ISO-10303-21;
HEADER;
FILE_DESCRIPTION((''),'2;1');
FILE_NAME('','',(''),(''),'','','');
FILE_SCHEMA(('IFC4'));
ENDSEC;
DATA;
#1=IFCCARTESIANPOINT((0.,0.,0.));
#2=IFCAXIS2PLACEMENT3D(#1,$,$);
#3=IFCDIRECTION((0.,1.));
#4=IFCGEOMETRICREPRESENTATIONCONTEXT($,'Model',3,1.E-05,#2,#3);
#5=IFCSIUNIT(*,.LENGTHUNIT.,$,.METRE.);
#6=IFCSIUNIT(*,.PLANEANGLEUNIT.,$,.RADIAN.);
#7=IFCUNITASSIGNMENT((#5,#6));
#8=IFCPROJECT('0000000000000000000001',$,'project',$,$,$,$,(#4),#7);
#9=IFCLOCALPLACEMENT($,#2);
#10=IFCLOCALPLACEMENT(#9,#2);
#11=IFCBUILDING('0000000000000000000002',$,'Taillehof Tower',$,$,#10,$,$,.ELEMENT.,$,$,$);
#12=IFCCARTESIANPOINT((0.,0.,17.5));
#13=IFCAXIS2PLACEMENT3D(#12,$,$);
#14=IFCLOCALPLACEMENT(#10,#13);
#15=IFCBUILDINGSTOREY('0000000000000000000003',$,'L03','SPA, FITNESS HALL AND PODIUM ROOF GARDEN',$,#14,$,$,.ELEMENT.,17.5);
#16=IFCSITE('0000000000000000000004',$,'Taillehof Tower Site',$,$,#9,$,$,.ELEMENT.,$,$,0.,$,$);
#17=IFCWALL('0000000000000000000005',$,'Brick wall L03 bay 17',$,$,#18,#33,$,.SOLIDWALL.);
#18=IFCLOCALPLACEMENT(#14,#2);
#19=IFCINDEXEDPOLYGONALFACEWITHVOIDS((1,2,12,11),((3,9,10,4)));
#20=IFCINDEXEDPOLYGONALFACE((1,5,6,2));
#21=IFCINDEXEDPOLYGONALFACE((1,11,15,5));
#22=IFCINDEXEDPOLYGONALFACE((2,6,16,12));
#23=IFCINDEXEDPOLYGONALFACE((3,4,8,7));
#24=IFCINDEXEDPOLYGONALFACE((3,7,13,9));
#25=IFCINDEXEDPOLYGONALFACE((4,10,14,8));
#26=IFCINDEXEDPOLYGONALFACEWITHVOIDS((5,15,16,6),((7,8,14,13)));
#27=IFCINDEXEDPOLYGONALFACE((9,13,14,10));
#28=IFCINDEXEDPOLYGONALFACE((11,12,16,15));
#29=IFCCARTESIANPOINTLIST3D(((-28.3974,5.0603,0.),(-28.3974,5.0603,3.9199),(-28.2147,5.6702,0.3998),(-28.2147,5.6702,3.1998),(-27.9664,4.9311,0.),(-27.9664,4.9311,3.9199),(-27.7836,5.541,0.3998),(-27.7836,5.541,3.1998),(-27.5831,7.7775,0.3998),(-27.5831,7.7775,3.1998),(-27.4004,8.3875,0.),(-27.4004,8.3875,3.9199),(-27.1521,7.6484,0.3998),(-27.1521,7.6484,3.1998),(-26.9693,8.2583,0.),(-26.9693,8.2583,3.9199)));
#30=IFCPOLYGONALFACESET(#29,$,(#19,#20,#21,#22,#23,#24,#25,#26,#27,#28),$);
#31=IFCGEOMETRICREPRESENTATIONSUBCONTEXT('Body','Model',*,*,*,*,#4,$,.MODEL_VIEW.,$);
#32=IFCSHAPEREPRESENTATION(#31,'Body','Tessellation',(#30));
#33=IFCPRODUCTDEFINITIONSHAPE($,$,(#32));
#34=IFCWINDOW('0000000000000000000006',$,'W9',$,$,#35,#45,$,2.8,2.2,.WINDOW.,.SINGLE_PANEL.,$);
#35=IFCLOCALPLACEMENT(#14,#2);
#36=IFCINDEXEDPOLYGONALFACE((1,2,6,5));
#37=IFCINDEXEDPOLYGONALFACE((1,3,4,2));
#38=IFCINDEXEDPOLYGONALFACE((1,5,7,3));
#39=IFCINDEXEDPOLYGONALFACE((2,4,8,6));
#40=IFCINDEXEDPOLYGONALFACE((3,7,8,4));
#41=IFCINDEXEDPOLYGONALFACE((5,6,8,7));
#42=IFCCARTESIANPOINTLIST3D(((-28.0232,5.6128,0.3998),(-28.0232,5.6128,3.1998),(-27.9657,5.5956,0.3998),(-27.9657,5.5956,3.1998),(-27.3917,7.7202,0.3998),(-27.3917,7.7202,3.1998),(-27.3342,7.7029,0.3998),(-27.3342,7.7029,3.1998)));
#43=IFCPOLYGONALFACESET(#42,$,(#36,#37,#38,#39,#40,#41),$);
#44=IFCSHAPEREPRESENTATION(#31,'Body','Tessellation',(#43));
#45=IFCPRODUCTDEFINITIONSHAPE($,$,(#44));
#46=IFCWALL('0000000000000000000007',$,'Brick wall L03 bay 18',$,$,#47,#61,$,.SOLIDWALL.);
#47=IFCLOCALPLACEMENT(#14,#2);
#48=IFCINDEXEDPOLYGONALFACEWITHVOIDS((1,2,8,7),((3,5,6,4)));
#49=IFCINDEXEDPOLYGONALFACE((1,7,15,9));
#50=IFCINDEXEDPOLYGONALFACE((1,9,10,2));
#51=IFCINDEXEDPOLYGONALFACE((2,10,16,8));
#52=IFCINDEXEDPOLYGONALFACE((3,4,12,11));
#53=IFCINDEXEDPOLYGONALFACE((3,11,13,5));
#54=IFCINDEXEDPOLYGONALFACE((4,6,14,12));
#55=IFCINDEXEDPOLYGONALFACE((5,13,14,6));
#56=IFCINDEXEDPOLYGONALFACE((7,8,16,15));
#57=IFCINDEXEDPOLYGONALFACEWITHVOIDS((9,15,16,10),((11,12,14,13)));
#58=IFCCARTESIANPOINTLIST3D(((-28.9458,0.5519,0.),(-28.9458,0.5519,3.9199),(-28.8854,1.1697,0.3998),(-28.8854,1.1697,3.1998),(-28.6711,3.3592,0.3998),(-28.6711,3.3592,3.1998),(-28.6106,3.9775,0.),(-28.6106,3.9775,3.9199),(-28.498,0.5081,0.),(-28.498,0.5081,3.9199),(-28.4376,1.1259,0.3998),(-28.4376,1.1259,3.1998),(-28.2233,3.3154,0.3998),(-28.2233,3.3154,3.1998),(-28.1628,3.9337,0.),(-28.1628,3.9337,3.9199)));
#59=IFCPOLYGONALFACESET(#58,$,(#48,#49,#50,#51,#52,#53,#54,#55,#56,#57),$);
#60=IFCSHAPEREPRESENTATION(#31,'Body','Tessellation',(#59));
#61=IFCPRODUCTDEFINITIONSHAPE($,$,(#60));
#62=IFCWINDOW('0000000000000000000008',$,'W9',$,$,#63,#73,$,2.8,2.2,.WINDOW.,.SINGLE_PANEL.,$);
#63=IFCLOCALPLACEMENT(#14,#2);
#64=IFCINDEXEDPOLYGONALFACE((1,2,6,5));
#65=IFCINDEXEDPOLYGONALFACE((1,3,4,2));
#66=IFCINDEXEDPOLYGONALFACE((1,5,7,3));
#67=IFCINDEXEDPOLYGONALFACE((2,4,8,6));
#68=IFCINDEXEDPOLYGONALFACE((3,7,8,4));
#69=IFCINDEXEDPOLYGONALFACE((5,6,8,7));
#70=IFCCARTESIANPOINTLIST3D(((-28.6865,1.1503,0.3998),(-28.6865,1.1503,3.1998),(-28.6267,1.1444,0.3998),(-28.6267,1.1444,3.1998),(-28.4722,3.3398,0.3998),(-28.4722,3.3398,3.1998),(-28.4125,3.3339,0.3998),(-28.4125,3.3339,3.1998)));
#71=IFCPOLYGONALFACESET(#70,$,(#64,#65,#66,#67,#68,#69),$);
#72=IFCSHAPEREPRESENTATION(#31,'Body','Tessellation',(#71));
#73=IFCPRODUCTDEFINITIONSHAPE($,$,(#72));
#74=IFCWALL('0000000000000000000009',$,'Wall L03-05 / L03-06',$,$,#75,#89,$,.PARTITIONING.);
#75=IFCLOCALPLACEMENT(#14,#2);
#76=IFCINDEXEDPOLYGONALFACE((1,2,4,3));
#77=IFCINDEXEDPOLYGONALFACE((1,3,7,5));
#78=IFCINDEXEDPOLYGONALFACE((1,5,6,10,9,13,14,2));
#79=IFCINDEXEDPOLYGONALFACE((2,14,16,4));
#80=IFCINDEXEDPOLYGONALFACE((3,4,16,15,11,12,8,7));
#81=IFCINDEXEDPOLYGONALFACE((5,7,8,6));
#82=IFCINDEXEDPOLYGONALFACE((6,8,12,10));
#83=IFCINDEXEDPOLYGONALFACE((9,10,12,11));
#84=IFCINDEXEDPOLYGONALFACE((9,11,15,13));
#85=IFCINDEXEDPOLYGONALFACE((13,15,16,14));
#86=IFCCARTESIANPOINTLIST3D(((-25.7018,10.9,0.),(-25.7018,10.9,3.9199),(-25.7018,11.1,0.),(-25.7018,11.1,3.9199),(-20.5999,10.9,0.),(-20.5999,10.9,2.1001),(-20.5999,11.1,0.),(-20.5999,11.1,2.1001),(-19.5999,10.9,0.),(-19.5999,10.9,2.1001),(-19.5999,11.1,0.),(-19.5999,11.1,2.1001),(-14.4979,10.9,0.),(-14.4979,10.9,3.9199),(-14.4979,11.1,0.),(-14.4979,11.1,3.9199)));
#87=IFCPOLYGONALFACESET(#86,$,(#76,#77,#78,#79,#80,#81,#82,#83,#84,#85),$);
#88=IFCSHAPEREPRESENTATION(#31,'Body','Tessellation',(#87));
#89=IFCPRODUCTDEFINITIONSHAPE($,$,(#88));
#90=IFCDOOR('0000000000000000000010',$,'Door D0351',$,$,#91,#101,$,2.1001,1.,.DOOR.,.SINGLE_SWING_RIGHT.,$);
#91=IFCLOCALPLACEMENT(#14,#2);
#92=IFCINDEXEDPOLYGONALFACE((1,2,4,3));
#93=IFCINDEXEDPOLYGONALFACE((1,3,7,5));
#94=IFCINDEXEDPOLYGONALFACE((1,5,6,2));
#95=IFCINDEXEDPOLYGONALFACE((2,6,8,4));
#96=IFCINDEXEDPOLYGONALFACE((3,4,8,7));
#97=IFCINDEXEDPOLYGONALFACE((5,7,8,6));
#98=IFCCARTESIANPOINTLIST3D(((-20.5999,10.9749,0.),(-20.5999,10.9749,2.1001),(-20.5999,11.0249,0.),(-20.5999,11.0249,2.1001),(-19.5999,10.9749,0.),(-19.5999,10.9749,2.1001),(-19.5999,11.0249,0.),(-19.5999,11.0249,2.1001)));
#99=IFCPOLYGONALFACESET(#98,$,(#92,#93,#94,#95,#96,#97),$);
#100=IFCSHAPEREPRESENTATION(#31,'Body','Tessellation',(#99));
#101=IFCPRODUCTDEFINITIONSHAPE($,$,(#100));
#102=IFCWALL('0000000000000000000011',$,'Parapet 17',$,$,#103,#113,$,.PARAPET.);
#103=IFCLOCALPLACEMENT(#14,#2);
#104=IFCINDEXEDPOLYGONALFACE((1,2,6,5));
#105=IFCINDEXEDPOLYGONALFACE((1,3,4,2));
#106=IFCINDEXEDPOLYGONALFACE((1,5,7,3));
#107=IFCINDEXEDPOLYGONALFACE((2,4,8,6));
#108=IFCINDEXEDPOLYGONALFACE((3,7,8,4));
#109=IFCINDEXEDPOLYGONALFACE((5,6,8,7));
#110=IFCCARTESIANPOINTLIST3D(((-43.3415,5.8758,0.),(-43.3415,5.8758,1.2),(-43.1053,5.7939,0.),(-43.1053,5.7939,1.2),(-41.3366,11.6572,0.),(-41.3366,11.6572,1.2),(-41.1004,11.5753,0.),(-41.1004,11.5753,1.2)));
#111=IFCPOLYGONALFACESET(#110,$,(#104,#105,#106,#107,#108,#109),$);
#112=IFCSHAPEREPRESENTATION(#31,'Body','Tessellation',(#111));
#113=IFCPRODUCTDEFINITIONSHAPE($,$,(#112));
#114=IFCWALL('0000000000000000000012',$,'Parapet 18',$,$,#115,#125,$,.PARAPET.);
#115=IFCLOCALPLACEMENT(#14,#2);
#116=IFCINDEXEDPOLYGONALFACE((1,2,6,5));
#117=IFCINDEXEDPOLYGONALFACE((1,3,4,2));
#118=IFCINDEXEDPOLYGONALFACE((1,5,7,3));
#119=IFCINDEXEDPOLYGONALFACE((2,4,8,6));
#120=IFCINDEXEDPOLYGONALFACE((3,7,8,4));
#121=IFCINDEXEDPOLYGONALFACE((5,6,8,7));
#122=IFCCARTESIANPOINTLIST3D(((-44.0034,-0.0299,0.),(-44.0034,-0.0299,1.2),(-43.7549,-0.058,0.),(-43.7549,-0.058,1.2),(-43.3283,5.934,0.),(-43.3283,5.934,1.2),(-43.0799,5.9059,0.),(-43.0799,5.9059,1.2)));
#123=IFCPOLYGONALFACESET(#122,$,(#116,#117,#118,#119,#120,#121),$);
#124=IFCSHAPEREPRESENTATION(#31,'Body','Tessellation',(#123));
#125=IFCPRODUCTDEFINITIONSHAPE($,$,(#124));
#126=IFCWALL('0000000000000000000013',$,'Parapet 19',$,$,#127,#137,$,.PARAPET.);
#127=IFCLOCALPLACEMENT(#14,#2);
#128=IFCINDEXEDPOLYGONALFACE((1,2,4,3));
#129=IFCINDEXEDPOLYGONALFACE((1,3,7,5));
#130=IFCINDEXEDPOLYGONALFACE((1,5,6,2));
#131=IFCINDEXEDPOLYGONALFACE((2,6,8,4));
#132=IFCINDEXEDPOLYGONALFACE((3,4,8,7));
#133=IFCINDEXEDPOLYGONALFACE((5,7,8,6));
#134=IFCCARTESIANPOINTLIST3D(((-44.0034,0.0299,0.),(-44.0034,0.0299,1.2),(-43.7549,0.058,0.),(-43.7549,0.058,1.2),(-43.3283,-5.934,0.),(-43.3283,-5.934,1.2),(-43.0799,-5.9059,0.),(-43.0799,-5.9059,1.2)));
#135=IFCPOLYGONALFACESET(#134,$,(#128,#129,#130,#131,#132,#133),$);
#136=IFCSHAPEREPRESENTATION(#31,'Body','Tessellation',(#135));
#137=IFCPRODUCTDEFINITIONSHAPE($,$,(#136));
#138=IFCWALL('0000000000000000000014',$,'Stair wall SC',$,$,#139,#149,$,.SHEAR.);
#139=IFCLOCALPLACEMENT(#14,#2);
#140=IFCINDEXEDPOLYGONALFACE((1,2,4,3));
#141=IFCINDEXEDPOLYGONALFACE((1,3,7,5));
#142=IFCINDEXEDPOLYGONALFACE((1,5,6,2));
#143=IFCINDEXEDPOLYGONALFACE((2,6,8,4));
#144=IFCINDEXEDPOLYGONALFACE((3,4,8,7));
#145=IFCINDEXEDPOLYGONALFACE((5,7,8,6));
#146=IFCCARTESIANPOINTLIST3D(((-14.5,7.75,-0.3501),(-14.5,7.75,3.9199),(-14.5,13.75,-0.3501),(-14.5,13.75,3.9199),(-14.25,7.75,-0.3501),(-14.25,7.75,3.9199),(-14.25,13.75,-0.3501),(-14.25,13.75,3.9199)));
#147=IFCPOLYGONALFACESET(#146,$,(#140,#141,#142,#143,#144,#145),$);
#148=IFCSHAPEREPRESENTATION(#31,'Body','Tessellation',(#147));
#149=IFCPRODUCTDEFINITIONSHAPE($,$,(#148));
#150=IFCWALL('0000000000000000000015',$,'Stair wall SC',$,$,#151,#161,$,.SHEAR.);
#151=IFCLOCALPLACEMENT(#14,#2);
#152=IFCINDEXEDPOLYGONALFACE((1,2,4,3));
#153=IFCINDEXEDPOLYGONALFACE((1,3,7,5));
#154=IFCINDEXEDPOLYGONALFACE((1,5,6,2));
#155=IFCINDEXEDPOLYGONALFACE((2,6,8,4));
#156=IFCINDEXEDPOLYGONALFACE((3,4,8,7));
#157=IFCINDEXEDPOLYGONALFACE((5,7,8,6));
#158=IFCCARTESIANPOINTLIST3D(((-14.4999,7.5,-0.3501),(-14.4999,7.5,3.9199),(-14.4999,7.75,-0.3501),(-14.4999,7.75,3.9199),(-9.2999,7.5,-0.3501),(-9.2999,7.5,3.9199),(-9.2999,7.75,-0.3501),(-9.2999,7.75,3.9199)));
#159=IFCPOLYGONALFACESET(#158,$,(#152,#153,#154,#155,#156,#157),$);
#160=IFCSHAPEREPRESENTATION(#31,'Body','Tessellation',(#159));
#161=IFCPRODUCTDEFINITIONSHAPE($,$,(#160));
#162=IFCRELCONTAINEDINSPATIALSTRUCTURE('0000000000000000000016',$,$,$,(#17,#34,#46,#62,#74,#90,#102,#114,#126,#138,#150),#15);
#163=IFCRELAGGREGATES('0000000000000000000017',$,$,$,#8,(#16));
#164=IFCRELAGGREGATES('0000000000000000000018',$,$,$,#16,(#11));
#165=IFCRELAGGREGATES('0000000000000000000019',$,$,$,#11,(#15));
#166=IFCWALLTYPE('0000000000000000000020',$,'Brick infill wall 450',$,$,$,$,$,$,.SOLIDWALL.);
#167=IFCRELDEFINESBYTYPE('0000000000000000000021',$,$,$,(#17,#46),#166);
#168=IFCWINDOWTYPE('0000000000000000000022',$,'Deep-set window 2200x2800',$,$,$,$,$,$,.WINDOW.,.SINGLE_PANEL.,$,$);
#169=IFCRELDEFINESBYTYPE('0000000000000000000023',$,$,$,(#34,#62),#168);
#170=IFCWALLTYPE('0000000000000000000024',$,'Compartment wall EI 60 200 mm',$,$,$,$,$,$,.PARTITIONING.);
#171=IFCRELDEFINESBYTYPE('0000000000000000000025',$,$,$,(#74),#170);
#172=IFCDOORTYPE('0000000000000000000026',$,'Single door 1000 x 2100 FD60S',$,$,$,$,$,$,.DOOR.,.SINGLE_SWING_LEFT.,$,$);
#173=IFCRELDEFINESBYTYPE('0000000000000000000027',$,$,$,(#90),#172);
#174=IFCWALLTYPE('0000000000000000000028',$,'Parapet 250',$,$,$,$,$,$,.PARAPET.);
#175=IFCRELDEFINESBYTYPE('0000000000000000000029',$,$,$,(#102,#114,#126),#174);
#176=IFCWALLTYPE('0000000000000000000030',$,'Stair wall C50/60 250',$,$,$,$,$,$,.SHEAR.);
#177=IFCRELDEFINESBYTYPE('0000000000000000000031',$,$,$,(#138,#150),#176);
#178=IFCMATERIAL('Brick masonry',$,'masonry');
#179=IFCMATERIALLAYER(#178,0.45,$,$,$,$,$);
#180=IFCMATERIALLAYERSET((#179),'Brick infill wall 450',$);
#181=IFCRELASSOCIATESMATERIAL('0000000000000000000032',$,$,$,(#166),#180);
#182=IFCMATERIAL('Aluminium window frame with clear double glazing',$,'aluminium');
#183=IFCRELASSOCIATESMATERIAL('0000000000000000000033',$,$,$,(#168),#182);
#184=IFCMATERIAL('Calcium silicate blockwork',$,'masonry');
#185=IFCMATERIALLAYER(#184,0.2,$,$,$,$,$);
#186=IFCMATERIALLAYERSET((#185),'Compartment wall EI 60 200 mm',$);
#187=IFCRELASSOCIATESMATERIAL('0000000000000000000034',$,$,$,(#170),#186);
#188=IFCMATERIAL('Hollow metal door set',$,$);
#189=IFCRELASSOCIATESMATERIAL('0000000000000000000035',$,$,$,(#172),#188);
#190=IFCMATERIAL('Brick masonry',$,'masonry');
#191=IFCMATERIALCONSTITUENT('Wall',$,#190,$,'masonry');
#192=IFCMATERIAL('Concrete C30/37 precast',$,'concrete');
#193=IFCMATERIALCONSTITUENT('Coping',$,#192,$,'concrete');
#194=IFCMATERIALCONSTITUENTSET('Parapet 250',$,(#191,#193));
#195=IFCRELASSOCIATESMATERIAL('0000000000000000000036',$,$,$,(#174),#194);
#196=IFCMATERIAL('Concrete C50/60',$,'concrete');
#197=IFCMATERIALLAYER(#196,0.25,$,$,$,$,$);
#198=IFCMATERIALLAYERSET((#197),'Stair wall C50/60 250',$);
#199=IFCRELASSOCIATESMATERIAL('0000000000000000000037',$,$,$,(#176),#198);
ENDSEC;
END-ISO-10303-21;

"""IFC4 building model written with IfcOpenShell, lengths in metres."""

from ifc_helpers import new_model, si_unit, direction, frame, frame_2d, origin, place, context, subcontext, project, spatial, rectangle, extrude, material, layer, layer_set, constituent, constituent_set, type_object, element, fill, save


model = new_model("IFC4")

# Units and contexts
model_context = context("Model", 3, precision=1e-05, world=origin(), true_north=direction((0.0, 1.0)))
body_context = subcontext(model_context, "Body", "Model", "MODEL_VIEW")
ifc_project = project(units=[si_unit("LENGTHUNIT", "METRE"), si_unit("PLANEANGLEUNIT", "RADIAN")], contexts=[model_context])

# Site, building, storey
site_placement = place(None, origin())
site = spatial("IfcSite", under=ifc_project, at=site_placement, Name="Taillehof Tower Site", CompositionType="ELEMENT", RefElevation=0.0)
building_placement = place(site_placement, origin())
building = spatial("IfcBuilding", under=site, at=building_placement, Name="Taillehof Tower", CompositionType="ELEMENT")
storey_placement = place(building_placement, frame((0.0, 0.0, 17.5)))
storey = spatial("IfcBuildingStorey", under=building, at=storey_placement, Name="L03", Description="SPA, FITNESS HALL AND PODIUM ROOF GARDEN", CompositionType="ELEMENT", Elevation=17.5)

# Walls, openings, windows
ifc_material_1 = material(Name="Brick masonry", Category="masonry")
ifc_layer_1 = layer(ifc_material_1, 0.45)
ifc_layer_set_1 = layer_set([ifc_layer_1], Name="Brick infill wall 450")
wall_type_1 = type_object("IfcWallType", Name="Brick infill wall 450", PredefinedType="SOLIDWALL", material=ifc_layer_set_1)
ifc_material_2 = material(Name="Aluminium window frame with clear double glazing", Category="aluminium")
window_type = type_object("IfcWindowType", Name="Deep-set window 2200x2800", PartitioningType="SINGLE_PANEL", PredefinedType="WINDOW", material=ifc_material_2)
wall_1_placement = place(storey_placement, frame((-27.1848, 8.323, 0.0), z_axis=(0.0, 0.0, 1.0), x_axis=(-0.287064, -0.957911, 0.0)))
wall_1 = element("IfcWall", 1, at=wall_1_placement, inside=storey, type_object=wall_type_1, Name="Brick wall L03 bay 17", PredefinedType="SOLIDWALL", context=body_context, shape_type="SweptSolid", body=[
    extrude(rectangle(XDim=3.4734, YDim=0.45, at=frame_2d((1.7368, 0.0))), origin(), (0.0, 0.0, 1.0), 3.9199),
])
opening_1_placement = place(wall_1_placement, frame((0.6367, 0.0, 0.3999)))
opening_1 = element("IfcOpeningElement", 2, at=opening_1_placement, cuts=wall_1, PredefinedType="OPENING", context=body_context, shape_type="SweptSolid", body=[
    extrude(rectangle(XDim=2.2, YDim=2.8, at=frame_2d((1.1001, 1.3999))), frame((0.0, 0.2349, 0.0), z_axis=(0.0, -1.0, 0.0), x_axis=(1.0, 0.0, 0.0)), (0.0, 0.0, 1.0), 0.47),
])
window_1_placement = place(opening_1_placement, origin())
window_1 = element("IfcWindow", 3, at=window_1_placement, inside=storey, type_object=window_type, Name="W9", OverallHeight=2.8, OverallWidth=2.2, PartitioningType="SINGLE_PANEL", PredefinedType="WINDOW", context=body_context, shape_type="SweptSolid", body=[
    extrude(rectangle(XDim=2.2, YDim=2.8, at=frame_2d((1.1001, 1.3999))), frame((0.0, 0.0349, 0.0), z_axis=(0.0, -1.0, 0.0), x_axis=(1.0, 0.0, 0.0)), (0.0, 0.0, 1.0), 0.0601),
])
fill(opening_1, window_1)
wall_2_placement = place(storey_placement, frame((-28.3867, 3.9556, 0.0), z_axis=(0.0, 0.0, 1.0), x_axis=(-0.09739, -0.995246, 0.0)))
wall_2 = element("IfcWall", 4, at=wall_2_placement, inside=storey, type_object=wall_type_1, Name="Brick wall L03 bay 18", PredefinedType="SOLIDWALL", context=body_context, shape_type="SweptSolid", body=[
    extrude(rectangle(XDim=3.4419, YDim=0.45, at=frame_2d((1.7209, 0.0))), origin(), (0.0, 0.0, 1.0), 3.9199),
])
opening_2_placement = place(wall_2_placement, frame((0.6211, 0.0, 0.3999)))
opening_2 = element("IfcOpeningElement", 5, at=opening_2_placement, cuts=wall_2, PredefinedType="OPENING", context=body_context, shape_type="SweptSolid", body=[
    extrude(rectangle(XDim=2.2, YDim=2.8, at=frame_2d((1.1001, 1.3999))), frame((0.0, 0.2349, 0.0), z_axis=(0.0, -1.0, 0.0), x_axis=(1.0, 0.0, 0.0)), (0.0, 0.0, 1.0), 0.47),
])
window_2_placement = place(opening_2_placement, origin())
window_2 = element("IfcWindow", 6, at=window_2_placement, inside=storey, type_object=window_type, Name="W9", OverallHeight=2.8, OverallWidth=2.2, PartitioningType="SINGLE_PANEL", PredefinedType="WINDOW", context=body_context, shape_type="SweptSolid", body=[
    extrude(rectangle(XDim=2.2, YDim=2.8, at=frame_2d((1.1001, 1.3999))), frame((0.0, 0.0349, 0.0), z_axis=(0.0, -1.0, 0.0), x_axis=(1.0, 0.0, 0.0)), (0.0, 0.0, 1.0), 0.0601),
])
fill(opening_2, window_2)

# Wall, opening, door
ifc_material_3 = material(Name="Calcium silicate blockwork", Category="masonry")
ifc_layer_2 = layer(ifc_material_3, 0.2)
ifc_layer_set_2 = layer_set([ifc_layer_2], Name="Compartment wall EI 60 200 mm")
wall_type_2 = type_object("IfcWallType", Name="Compartment wall EI 60 200 mm", PredefinedType="PARTITIONING", material=ifc_layer_set_2)
wall_3_placement = place(storey_placement, frame((-25.7019, 11.0, 0.0), z_axis=(0.0, 0.0, 1.0), x_axis=(1.0, 0.0, 0.0)))
wall_3 = element("IfcWall", 7, at=wall_3_placement, inside=storey, type_object=wall_type_2, Name="Wall L03-05 / L03-06", PredefinedType="PARTITIONING", context=body_context, shape_type="SweptSolid", body=[
    extrude(rectangle(XDim=11.2039, YDim=0.2, at=frame_2d((5.6021, 0.0))), origin(), (0.0, 0.0, 1.0), 3.9199),
])
opening_3_placement = place(wall_3_placement, frame((5.1021, 0.0, 0.0)))
opening_3 = element("IfcOpeningElement", 8, at=opening_3_placement, cuts=wall_3, PredefinedType="OPENING", context=body_context, shape_type="SweptSolid", body=[
    extrude(rectangle(XDim=1.0, YDim=2.1001, at=frame_2d((0.5, 1.05))), frame((0.0, 0.1099, 0.0), z_axis=(0.0, -1.0, 0.0), x_axis=(1.0, 0.0, 0.0)), (0.0, 0.0, 1.0), 0.22),
])
ifc_material_4 = material(Name="Hollow metal door set")
door_type = type_object("IfcDoorType", Name="Single door 1000 x 2100 FD60S", OperationType="SINGLE_SWING_LEFT", PredefinedType="DOOR", material=ifc_material_4)
door_placement = place(opening_3_placement, origin())
door = element("IfcDoor", 9, at=door_placement, inside=storey, type_object=door_type, Name="Door D0351", OperationType="SINGLE_SWING_RIGHT", OverallHeight=2.1001, OverallWidth=1.0, PredefinedType="DOOR", context=body_context, shape_type="SweptSolid", body=[
    extrude(rectangle(XDim=1.0, YDim=2.1001, at=frame_2d((0.5, 1.05))), frame((0.0, 0.0249, 0.0), z_axis=(0.0, -1.0, 0.0), x_axis=(1.0, 0.0, 0.0)), (0.0, 0.0, 1.0), 0.05),
])
fill(opening_3, door)

# Walls
ifc_material_5 = material(Name="Brick masonry", Category="masonry")
ifc_constituent_1 = constituent(ifc_material_5, Name="Wall", Category="masonry")
ifc_material_6 = material(Name="Concrete C30/37 precast", Category="concrete")
ifc_constituent_2 = constituent(ifc_material_6, Name="Coping", Category="concrete")
ifc_constituent_set_1 = constituent_set(constituents=[ifc_constituent_1, ifc_constituent_2], Name="Parapet 250")
wall_type_3 = type_object("IfcWallType", Name="Parapet 250", PredefinedType="PARAPET", material=ifc_constituent_set_1)
wall_4_placement = place(storey_placement, frame((-41.2185, 11.6162, 0.0), z_axis=(0.0, 0.0, 1.0), x_axis=(-0.327635, -0.944804, 0.0)))
element("IfcWall", 10, at=wall_4_placement, inside=storey, type_object=wall_type_3, Name="Parapet 17", PredefinedType="PARAPET", context=body_context, shape_type="SweptSolid", body=[
    extrude(rectangle(XDim=6.1191, YDim=0.25, at=frame_2d((3.0596, 0.0))), origin(), (0.0, 0.0, 1.0), 1.2),
])
for number, where, z_axis, x_axis, name in (
    (11, (-43.2041, 5.9199, 0.0), (0.0, 0.0, 1.0), (-0.112472, -0.993655, 0.0), "Parapet 18"),
    (12, (-43.8792, 0.0439, 0.0), (0.0, 0.0, 1.0), (0.112472, -0.993655, 0.0), "Parapet 19"),
):
    element("IfcWall", number, at=place(storey_placement, frame(where, z_axis=z_axis, x_axis=x_axis)), inside=storey, type_object=wall_type_3, Name=name, PredefinedType="PARAPET", context=body_context, shape_type="SweptSolid", body=[
        extrude(rectangle(XDim=6.002, YDim=0.25, at=frame_2d((3.001, 0.0))), origin(), (0.0, 0.0, 1.0), 1.2),
    ])
ifc_material_7 = material(Name="Concrete C50/60", Category="concrete")
ifc_layer_3 = layer(ifc_material_7, 0.25)
ifc_layer_set_3 = layer_set([ifc_layer_3], Name="Stair wall C50/60 250")
wall_type_4 = type_object("IfcWallType", Name="Stair wall C50/60 250", PredefinedType="SHEAR", material=ifc_layer_set_3)
wall_5_placement = place(storey_placement, frame((-14.375, 7.75, -0.3501), z_axis=(0.0, 0.0, 1.0), x_axis=(0.0, 1.0, 0.0)))
element("IfcWall", 13, at=wall_5_placement, inside=storey, type_object=wall_type_4, Name="Stair wall SC", PredefinedType="SHEAR", context=body_context, shape_type="SweptSolid", body=[
    extrude(rectangle(XDim=6.0, YDim=0.25, at=frame_2d((3.0, 0.0))), origin(), (0.0, 0.0, 1.0), 4.27),
])
wall_6_placement = place(storey_placement, frame((-14.5, 7.625, -0.3501), z_axis=(0.0, 0.0, 1.0), x_axis=(1.0, 0.0, 0.0)))
element("IfcWall", 14, at=wall_6_placement, inside=storey, type_object=wall_type_4, Name="Stair wall SC", PredefinedType="SHEAR", context=body_context, shape_type="SweptSolid", body=[
    extrude(rectangle(XDim=5.2, YDim=0.25, at=frame_2d((2.6001, 0.0))), origin(), (0.0, 0.0, 1.0), 4.27),
])

save(model, "model.ifc")
